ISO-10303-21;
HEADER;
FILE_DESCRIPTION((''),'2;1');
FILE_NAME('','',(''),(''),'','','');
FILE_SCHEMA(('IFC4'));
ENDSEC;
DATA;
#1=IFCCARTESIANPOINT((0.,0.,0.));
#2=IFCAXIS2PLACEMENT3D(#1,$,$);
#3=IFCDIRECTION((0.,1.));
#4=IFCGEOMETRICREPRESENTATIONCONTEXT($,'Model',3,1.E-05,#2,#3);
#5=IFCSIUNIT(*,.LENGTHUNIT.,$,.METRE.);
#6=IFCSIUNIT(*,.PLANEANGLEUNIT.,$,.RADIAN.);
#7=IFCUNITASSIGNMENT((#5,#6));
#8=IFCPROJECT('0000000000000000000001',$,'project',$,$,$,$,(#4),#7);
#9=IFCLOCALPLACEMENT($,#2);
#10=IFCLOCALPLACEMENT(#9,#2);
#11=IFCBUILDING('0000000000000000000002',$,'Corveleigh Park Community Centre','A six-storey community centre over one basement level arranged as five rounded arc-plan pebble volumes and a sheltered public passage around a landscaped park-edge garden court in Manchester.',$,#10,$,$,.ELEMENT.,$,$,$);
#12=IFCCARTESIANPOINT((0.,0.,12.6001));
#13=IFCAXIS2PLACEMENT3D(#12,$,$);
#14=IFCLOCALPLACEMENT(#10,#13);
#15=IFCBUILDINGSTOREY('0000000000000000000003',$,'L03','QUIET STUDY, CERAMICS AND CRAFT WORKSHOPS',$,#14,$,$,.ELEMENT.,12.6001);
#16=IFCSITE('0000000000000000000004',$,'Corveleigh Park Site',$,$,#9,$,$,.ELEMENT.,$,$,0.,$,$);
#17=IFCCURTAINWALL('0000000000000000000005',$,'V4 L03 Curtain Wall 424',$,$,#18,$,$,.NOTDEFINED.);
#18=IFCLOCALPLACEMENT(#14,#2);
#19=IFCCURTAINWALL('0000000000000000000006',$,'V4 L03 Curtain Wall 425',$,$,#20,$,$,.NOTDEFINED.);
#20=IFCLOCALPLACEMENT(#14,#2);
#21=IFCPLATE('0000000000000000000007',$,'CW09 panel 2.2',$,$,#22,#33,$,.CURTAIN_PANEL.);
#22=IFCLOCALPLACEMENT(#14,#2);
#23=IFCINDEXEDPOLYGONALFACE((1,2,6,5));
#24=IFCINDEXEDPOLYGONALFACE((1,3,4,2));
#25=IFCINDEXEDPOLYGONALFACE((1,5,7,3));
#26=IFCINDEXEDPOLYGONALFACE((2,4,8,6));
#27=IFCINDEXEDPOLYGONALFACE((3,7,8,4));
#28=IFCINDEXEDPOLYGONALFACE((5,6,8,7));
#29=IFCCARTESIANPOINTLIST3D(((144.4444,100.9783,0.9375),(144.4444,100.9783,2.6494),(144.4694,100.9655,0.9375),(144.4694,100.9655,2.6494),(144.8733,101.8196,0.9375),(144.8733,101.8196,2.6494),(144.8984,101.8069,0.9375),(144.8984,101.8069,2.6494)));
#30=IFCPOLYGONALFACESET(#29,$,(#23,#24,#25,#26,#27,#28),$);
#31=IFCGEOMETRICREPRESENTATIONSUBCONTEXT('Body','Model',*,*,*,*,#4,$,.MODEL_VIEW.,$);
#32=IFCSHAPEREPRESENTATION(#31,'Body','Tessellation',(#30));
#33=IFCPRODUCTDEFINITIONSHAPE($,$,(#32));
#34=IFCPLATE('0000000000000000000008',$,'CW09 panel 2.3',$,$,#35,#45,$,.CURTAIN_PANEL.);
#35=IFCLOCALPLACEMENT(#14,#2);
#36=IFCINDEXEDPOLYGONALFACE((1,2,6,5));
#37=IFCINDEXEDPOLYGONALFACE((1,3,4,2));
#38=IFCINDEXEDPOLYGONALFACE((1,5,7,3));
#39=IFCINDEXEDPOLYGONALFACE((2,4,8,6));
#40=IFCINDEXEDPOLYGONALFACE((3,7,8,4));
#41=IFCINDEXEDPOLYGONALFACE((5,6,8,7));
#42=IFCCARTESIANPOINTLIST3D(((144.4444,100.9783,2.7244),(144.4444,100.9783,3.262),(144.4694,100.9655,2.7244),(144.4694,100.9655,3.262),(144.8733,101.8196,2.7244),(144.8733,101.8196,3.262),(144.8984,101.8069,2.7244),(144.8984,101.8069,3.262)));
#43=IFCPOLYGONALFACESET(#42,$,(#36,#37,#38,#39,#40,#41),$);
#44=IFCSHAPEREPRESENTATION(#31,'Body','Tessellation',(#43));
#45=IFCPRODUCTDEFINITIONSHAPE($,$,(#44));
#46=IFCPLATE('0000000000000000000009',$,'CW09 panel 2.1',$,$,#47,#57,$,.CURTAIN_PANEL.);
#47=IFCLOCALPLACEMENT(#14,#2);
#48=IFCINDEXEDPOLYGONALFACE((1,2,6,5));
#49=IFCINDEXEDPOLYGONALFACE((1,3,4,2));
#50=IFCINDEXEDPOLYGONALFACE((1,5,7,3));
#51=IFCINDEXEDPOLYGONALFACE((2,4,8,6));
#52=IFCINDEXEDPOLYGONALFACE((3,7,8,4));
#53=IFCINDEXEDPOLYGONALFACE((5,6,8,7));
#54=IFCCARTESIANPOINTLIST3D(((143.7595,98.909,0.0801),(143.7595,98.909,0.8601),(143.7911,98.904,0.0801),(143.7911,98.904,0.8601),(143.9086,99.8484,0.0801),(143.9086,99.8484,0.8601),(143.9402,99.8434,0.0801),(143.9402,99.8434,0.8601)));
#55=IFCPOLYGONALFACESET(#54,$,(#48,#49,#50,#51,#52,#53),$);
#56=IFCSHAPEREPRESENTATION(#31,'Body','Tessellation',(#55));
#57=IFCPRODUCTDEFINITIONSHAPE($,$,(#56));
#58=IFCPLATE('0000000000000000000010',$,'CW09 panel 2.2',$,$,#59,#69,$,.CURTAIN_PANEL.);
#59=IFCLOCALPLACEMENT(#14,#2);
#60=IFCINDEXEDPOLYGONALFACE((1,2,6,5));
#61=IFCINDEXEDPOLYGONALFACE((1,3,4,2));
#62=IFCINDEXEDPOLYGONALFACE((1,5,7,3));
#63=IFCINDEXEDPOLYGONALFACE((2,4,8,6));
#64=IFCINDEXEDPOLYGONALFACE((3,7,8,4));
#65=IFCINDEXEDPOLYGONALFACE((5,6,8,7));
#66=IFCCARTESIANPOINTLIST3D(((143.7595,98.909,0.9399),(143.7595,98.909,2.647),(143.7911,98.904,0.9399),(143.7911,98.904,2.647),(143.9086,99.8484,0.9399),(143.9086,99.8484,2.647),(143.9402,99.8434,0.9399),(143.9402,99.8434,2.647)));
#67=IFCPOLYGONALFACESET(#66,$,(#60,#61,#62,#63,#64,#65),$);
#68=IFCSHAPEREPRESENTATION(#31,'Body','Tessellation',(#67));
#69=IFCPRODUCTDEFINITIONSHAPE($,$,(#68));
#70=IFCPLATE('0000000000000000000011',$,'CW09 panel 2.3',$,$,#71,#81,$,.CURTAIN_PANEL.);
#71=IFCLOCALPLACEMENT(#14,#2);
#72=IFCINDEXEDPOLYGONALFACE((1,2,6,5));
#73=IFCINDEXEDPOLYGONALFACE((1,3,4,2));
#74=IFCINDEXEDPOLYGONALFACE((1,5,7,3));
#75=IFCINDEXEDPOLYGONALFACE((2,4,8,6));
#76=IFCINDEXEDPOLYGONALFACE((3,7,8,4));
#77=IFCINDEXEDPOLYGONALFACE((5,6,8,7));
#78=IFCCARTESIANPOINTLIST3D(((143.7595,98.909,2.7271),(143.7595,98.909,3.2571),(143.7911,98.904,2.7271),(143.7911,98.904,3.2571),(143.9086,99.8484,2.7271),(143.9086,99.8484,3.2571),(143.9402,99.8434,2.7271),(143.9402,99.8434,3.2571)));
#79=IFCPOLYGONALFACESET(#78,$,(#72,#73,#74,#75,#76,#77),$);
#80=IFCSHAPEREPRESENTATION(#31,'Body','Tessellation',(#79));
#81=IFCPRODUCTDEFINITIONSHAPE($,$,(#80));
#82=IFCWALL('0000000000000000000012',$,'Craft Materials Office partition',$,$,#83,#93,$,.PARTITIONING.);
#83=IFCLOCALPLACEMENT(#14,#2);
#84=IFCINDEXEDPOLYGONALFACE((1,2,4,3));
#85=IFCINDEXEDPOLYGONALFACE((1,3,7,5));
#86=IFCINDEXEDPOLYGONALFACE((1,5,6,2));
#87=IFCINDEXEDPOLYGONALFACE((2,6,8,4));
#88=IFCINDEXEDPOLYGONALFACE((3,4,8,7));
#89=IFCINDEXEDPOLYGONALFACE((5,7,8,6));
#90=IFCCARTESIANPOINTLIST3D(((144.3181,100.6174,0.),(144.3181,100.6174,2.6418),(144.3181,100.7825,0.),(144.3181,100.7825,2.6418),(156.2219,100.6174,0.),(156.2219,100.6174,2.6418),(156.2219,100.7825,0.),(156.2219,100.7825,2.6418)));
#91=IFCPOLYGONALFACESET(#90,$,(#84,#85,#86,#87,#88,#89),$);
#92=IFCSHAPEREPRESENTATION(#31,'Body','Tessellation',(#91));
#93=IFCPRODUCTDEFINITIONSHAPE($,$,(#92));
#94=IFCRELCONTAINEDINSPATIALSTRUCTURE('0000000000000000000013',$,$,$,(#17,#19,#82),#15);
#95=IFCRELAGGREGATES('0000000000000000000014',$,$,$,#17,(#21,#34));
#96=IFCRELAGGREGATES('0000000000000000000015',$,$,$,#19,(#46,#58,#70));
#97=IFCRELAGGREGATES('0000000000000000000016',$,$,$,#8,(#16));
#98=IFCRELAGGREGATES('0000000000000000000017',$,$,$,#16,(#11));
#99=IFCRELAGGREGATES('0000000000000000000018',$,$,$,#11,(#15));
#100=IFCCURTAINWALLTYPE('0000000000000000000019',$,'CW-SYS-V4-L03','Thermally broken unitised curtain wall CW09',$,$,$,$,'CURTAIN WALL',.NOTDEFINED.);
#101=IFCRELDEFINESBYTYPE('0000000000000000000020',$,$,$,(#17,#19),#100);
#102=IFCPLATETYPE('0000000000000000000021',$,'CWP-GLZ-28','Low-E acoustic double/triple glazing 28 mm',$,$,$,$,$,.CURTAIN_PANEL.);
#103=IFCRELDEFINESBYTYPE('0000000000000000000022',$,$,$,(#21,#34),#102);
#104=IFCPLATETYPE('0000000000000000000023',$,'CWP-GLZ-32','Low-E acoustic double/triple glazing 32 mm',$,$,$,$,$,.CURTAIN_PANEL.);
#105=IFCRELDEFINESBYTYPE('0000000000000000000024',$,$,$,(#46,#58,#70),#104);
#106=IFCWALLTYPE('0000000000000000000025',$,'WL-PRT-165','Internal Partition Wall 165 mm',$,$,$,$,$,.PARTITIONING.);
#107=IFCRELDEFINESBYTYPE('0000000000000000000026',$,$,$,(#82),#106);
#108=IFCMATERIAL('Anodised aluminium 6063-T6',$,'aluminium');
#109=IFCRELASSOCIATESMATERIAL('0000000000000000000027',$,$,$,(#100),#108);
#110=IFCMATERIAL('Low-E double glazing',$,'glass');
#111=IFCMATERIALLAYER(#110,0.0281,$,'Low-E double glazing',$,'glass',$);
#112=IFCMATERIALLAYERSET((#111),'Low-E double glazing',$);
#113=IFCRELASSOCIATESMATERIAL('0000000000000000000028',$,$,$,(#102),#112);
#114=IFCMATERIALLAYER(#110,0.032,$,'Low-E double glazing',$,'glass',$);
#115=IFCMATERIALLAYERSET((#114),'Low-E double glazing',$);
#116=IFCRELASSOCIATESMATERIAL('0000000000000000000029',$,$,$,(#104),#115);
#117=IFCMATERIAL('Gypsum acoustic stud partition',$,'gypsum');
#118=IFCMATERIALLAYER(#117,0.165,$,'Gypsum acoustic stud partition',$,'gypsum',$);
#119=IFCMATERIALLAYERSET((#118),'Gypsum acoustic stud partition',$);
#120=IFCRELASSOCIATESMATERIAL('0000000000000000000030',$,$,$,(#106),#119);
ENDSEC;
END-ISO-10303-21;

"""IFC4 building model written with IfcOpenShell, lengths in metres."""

from ifc_helpers import new_model, si_unit, direction, frame, frame_2d, origin, origin_2d, place, context, subcontext, project, spatial, rectangle, extrude, material, layer, layer_set, type_object, element, aggregate, save


model = new_model("IFC4")

# Units and contexts
model_context = context("Model", 3, precision=1e-05, world=origin(), true_north=direction((0.0, 1.0)))
body_context = subcontext(model_context, "Body", "Model", "MODEL_VIEW")
ifc_project = project(units=[si_unit("LENGTHUNIT", "METRE"), si_unit("PLANEANGLEUNIT", "RADIAN")], contexts=[model_context])

# Site, building, storey
site_placement = place(None, origin())
site = spatial("IfcSite", under=ifc_project, at=site_placement, Name="Corveleigh Park Site", CompositionType="ELEMENT", RefElevation=0.0)
building_placement = place(site_placement, origin())
building = spatial("IfcBuilding", under=site, at=building_placement, Name="Corveleigh Park Community Centre", Description="A six-storey community centre over one basement level arranged as five rounded arc-plan pebble volumes and a sheltered public passage around a landscaped park-edge garden court in Manchester.", CompositionType="ELEMENT")
storey_placement = place(building_placement, frame((0.0, 0.0, 12.6001)))
storey = spatial("IfcBuildingStorey", under=building, at=storey_placement, Name="L03", Description="QUIET STUDY, CERAMICS AND CRAFT WORKSHOPS", CompositionType="ELEMENT", Elevation=12.6001)

# Shared definitions
ifc_material_1 = material(Name="Anodised aluminium 6063-T6", Category="aluminium")
curtain_wall_type = type_object("IfcCurtainWallType", Name="CW-SYS-V4-L03", Description="Thermally broken unitised curtain wall CW09", ElementType="CURTAIN WALL", PredefinedType="NOTDEFINED", material=ifc_material_1)

# Curtain wall
curtain_wall_1_placement = place(storey_placement, origin())
curtain_wall_1 = element("IfcCurtainWall", 1, at=curtain_wall_1_placement, inside=storey, type_object=curtain_wall_type, Name="V4 L03 Curtain Wall 424", PredefinedType="NOTDEFINED")

# Curtain wall
curtain_wall_2_placement = place(storey_placement, origin())
curtain_wall_2 = element("IfcCurtainWall", 2, at=curtain_wall_2_placement, inside=storey, type_object=curtain_wall_type, Name="V4 L03 Curtain Wall 425", PredefinedType="NOTDEFINED")

# Plates
ifc_material_2 = material(Name="Low-E double glazing", Category="glass")
ifc_layer_1 = layer(ifc_material_2, 0.0281, Name="Low-E double glazing", Category="glass")
ifc_layer_set_1 = layer_set([ifc_layer_1], Name="Low-E double glazing")
plate_type_1 = type_object("IfcPlateType", Name="CWP-GLZ-28", Description="Low-E acoustic double/triple glazing 28 mm", PredefinedType="CURTAIN_PANEL", material=ifc_layer_set_1)
plate_1_placement = place(storey_placement, frame((144.6714, 101.3926, 0.9375), z_axis=(0.0, 0.0, 1.0), x_axis=(0.454202, 0.890899, 0.0)))
plate_1 = element("IfcPlate", 3, at=plate_1_placement, type_object=plate_type_1, Name="CW09 panel 2.2", PredefinedType="CURTAIN_PANEL", context=body_context, shape_type="SweptSolid", body=[
    extrude(rectangle(XDim=0.9443, YDim=0.0281, at=origin_2d()), origin(), (0.0, 0.0, 1.0), 1.7119),
])
plate_2_placement = place(storey_placement, frame((144.6714, 101.3926, 2.7244), z_axis=(0.0, 0.0, 1.0), x_axis=(0.454202, 0.890899, 0.0)))
plate_2 = element("IfcPlate", 4, at=plate_2_placement, type_object=plate_type_1, Name="CW09 panel 2.3", PredefinedType="CURTAIN_PANEL", context=body_context, shape_type="SweptSolid", body=[
    extrude(rectangle(XDim=0.9443, YDim=0.0281, at=origin_2d()), origin(), (0.0, 0.0, 1.0), 0.5376),
])
aggregate(curtain_wall_1, [plate_1, plate_2])
ifc_layer_2 = layer(ifc_material_2, 0.032, Name="Low-E double glazing", Category="glass")
ifc_layer_set_2 = layer_set([ifc_layer_2], Name="Low-E double glazing")
plate_type_2 = type_object("IfcPlateType", Name="CWP-GLZ-32", Description="Low-E acoustic double/triple glazing 32 mm", PredefinedType="CURTAIN_PANEL", material=ifc_layer_set_2)
plate_3_placement = place(storey_placement, frame((143.8499, 99.3762, 0.0801), z_axis=(0.0, 0.0, 1.0), x_axis=(0.156825, 0.987626, 0.0)))
plate_3 = element("IfcPlate", 5, at=plate_3_placement, type_object=plate_type_2, Name="CW09 panel 2.1", PredefinedType="CURTAIN_PANEL", context=body_context, shape_type="SweptSolid", body=[
    extrude(rectangle(XDim=0.9512, YDim=0.032, at=origin_2d()), origin(), (0.0, 0.0, 1.0), 0.78),
])
plate_4_placement = place(storey_placement, frame((143.8499, 99.3762, 0.9399), z_axis=(0.0, 0.0, 1.0), x_axis=(0.156825, 0.987626, 0.0)))
plate_4 = element("IfcPlate", 6, at=plate_4_placement, type_object=plate_type_2, Name="CW09 panel 2.2", PredefinedType="CURTAIN_PANEL", context=body_context, shape_type="SweptSolid", body=[
    extrude(rectangle(XDim=0.9512, YDim=0.032, at=origin_2d()), origin(), (0.0, 0.0, 1.0), 1.707),
])
plate_5_placement = place(storey_placement, frame((143.8499, 99.3762, 2.7271), z_axis=(0.0, 0.0, 1.0), x_axis=(0.156825, 0.987626, 0.0)))
plate_5 = element("IfcPlate", 7, at=plate_5_placement, type_object=plate_type_2, Name="CW09 panel 2.3", PredefinedType="CURTAIN_PANEL", context=body_context, shape_type="SweptSolid", body=[
    extrude(rectangle(XDim=0.9512, YDim=0.032, at=origin_2d()), origin(), (0.0, 0.0, 1.0), 0.53),
])
aggregate(curtain_wall_2, [plate_3, plate_4, plate_5])

# Wall
ifc_material_3 = material(Name="Gypsum acoustic stud partition", Category="gypsum")
ifc_layer_3 = layer(ifc_material_3, 0.165, Name="Gypsum acoustic stud partition", Category="gypsum")
ifc_layer_set_3 = layer_set([ifc_layer_3], Name="Gypsum acoustic stud partition")
wall_type = type_object("IfcWallType", Name="WL-PRT-165", Description="Internal Partition Wall 165 mm", PredefinedType="PARTITIONING", material=ifc_layer_set_3)
wall_placement = place(storey_placement, frame((144.3181, 100.7, 0.0), z_axis=(0.0, 0.0, 1.0), x_axis=(1.0, 0.0, 0.0)))
element("IfcWall", 8, at=wall_placement, inside=storey, type_object=wall_type, Name="Craft Materials Office partition", PredefinedType="PARTITIONING", context=body_context, shape_type="SweptSolid", body=[
    extrude(rectangle(XDim=11.9038, YDim=0.165, at=frame_2d((5.9519, 0.0))), origin(), (0.0, 0.0, 1.0), 2.6418),
])

save(model, "model.ifc")
